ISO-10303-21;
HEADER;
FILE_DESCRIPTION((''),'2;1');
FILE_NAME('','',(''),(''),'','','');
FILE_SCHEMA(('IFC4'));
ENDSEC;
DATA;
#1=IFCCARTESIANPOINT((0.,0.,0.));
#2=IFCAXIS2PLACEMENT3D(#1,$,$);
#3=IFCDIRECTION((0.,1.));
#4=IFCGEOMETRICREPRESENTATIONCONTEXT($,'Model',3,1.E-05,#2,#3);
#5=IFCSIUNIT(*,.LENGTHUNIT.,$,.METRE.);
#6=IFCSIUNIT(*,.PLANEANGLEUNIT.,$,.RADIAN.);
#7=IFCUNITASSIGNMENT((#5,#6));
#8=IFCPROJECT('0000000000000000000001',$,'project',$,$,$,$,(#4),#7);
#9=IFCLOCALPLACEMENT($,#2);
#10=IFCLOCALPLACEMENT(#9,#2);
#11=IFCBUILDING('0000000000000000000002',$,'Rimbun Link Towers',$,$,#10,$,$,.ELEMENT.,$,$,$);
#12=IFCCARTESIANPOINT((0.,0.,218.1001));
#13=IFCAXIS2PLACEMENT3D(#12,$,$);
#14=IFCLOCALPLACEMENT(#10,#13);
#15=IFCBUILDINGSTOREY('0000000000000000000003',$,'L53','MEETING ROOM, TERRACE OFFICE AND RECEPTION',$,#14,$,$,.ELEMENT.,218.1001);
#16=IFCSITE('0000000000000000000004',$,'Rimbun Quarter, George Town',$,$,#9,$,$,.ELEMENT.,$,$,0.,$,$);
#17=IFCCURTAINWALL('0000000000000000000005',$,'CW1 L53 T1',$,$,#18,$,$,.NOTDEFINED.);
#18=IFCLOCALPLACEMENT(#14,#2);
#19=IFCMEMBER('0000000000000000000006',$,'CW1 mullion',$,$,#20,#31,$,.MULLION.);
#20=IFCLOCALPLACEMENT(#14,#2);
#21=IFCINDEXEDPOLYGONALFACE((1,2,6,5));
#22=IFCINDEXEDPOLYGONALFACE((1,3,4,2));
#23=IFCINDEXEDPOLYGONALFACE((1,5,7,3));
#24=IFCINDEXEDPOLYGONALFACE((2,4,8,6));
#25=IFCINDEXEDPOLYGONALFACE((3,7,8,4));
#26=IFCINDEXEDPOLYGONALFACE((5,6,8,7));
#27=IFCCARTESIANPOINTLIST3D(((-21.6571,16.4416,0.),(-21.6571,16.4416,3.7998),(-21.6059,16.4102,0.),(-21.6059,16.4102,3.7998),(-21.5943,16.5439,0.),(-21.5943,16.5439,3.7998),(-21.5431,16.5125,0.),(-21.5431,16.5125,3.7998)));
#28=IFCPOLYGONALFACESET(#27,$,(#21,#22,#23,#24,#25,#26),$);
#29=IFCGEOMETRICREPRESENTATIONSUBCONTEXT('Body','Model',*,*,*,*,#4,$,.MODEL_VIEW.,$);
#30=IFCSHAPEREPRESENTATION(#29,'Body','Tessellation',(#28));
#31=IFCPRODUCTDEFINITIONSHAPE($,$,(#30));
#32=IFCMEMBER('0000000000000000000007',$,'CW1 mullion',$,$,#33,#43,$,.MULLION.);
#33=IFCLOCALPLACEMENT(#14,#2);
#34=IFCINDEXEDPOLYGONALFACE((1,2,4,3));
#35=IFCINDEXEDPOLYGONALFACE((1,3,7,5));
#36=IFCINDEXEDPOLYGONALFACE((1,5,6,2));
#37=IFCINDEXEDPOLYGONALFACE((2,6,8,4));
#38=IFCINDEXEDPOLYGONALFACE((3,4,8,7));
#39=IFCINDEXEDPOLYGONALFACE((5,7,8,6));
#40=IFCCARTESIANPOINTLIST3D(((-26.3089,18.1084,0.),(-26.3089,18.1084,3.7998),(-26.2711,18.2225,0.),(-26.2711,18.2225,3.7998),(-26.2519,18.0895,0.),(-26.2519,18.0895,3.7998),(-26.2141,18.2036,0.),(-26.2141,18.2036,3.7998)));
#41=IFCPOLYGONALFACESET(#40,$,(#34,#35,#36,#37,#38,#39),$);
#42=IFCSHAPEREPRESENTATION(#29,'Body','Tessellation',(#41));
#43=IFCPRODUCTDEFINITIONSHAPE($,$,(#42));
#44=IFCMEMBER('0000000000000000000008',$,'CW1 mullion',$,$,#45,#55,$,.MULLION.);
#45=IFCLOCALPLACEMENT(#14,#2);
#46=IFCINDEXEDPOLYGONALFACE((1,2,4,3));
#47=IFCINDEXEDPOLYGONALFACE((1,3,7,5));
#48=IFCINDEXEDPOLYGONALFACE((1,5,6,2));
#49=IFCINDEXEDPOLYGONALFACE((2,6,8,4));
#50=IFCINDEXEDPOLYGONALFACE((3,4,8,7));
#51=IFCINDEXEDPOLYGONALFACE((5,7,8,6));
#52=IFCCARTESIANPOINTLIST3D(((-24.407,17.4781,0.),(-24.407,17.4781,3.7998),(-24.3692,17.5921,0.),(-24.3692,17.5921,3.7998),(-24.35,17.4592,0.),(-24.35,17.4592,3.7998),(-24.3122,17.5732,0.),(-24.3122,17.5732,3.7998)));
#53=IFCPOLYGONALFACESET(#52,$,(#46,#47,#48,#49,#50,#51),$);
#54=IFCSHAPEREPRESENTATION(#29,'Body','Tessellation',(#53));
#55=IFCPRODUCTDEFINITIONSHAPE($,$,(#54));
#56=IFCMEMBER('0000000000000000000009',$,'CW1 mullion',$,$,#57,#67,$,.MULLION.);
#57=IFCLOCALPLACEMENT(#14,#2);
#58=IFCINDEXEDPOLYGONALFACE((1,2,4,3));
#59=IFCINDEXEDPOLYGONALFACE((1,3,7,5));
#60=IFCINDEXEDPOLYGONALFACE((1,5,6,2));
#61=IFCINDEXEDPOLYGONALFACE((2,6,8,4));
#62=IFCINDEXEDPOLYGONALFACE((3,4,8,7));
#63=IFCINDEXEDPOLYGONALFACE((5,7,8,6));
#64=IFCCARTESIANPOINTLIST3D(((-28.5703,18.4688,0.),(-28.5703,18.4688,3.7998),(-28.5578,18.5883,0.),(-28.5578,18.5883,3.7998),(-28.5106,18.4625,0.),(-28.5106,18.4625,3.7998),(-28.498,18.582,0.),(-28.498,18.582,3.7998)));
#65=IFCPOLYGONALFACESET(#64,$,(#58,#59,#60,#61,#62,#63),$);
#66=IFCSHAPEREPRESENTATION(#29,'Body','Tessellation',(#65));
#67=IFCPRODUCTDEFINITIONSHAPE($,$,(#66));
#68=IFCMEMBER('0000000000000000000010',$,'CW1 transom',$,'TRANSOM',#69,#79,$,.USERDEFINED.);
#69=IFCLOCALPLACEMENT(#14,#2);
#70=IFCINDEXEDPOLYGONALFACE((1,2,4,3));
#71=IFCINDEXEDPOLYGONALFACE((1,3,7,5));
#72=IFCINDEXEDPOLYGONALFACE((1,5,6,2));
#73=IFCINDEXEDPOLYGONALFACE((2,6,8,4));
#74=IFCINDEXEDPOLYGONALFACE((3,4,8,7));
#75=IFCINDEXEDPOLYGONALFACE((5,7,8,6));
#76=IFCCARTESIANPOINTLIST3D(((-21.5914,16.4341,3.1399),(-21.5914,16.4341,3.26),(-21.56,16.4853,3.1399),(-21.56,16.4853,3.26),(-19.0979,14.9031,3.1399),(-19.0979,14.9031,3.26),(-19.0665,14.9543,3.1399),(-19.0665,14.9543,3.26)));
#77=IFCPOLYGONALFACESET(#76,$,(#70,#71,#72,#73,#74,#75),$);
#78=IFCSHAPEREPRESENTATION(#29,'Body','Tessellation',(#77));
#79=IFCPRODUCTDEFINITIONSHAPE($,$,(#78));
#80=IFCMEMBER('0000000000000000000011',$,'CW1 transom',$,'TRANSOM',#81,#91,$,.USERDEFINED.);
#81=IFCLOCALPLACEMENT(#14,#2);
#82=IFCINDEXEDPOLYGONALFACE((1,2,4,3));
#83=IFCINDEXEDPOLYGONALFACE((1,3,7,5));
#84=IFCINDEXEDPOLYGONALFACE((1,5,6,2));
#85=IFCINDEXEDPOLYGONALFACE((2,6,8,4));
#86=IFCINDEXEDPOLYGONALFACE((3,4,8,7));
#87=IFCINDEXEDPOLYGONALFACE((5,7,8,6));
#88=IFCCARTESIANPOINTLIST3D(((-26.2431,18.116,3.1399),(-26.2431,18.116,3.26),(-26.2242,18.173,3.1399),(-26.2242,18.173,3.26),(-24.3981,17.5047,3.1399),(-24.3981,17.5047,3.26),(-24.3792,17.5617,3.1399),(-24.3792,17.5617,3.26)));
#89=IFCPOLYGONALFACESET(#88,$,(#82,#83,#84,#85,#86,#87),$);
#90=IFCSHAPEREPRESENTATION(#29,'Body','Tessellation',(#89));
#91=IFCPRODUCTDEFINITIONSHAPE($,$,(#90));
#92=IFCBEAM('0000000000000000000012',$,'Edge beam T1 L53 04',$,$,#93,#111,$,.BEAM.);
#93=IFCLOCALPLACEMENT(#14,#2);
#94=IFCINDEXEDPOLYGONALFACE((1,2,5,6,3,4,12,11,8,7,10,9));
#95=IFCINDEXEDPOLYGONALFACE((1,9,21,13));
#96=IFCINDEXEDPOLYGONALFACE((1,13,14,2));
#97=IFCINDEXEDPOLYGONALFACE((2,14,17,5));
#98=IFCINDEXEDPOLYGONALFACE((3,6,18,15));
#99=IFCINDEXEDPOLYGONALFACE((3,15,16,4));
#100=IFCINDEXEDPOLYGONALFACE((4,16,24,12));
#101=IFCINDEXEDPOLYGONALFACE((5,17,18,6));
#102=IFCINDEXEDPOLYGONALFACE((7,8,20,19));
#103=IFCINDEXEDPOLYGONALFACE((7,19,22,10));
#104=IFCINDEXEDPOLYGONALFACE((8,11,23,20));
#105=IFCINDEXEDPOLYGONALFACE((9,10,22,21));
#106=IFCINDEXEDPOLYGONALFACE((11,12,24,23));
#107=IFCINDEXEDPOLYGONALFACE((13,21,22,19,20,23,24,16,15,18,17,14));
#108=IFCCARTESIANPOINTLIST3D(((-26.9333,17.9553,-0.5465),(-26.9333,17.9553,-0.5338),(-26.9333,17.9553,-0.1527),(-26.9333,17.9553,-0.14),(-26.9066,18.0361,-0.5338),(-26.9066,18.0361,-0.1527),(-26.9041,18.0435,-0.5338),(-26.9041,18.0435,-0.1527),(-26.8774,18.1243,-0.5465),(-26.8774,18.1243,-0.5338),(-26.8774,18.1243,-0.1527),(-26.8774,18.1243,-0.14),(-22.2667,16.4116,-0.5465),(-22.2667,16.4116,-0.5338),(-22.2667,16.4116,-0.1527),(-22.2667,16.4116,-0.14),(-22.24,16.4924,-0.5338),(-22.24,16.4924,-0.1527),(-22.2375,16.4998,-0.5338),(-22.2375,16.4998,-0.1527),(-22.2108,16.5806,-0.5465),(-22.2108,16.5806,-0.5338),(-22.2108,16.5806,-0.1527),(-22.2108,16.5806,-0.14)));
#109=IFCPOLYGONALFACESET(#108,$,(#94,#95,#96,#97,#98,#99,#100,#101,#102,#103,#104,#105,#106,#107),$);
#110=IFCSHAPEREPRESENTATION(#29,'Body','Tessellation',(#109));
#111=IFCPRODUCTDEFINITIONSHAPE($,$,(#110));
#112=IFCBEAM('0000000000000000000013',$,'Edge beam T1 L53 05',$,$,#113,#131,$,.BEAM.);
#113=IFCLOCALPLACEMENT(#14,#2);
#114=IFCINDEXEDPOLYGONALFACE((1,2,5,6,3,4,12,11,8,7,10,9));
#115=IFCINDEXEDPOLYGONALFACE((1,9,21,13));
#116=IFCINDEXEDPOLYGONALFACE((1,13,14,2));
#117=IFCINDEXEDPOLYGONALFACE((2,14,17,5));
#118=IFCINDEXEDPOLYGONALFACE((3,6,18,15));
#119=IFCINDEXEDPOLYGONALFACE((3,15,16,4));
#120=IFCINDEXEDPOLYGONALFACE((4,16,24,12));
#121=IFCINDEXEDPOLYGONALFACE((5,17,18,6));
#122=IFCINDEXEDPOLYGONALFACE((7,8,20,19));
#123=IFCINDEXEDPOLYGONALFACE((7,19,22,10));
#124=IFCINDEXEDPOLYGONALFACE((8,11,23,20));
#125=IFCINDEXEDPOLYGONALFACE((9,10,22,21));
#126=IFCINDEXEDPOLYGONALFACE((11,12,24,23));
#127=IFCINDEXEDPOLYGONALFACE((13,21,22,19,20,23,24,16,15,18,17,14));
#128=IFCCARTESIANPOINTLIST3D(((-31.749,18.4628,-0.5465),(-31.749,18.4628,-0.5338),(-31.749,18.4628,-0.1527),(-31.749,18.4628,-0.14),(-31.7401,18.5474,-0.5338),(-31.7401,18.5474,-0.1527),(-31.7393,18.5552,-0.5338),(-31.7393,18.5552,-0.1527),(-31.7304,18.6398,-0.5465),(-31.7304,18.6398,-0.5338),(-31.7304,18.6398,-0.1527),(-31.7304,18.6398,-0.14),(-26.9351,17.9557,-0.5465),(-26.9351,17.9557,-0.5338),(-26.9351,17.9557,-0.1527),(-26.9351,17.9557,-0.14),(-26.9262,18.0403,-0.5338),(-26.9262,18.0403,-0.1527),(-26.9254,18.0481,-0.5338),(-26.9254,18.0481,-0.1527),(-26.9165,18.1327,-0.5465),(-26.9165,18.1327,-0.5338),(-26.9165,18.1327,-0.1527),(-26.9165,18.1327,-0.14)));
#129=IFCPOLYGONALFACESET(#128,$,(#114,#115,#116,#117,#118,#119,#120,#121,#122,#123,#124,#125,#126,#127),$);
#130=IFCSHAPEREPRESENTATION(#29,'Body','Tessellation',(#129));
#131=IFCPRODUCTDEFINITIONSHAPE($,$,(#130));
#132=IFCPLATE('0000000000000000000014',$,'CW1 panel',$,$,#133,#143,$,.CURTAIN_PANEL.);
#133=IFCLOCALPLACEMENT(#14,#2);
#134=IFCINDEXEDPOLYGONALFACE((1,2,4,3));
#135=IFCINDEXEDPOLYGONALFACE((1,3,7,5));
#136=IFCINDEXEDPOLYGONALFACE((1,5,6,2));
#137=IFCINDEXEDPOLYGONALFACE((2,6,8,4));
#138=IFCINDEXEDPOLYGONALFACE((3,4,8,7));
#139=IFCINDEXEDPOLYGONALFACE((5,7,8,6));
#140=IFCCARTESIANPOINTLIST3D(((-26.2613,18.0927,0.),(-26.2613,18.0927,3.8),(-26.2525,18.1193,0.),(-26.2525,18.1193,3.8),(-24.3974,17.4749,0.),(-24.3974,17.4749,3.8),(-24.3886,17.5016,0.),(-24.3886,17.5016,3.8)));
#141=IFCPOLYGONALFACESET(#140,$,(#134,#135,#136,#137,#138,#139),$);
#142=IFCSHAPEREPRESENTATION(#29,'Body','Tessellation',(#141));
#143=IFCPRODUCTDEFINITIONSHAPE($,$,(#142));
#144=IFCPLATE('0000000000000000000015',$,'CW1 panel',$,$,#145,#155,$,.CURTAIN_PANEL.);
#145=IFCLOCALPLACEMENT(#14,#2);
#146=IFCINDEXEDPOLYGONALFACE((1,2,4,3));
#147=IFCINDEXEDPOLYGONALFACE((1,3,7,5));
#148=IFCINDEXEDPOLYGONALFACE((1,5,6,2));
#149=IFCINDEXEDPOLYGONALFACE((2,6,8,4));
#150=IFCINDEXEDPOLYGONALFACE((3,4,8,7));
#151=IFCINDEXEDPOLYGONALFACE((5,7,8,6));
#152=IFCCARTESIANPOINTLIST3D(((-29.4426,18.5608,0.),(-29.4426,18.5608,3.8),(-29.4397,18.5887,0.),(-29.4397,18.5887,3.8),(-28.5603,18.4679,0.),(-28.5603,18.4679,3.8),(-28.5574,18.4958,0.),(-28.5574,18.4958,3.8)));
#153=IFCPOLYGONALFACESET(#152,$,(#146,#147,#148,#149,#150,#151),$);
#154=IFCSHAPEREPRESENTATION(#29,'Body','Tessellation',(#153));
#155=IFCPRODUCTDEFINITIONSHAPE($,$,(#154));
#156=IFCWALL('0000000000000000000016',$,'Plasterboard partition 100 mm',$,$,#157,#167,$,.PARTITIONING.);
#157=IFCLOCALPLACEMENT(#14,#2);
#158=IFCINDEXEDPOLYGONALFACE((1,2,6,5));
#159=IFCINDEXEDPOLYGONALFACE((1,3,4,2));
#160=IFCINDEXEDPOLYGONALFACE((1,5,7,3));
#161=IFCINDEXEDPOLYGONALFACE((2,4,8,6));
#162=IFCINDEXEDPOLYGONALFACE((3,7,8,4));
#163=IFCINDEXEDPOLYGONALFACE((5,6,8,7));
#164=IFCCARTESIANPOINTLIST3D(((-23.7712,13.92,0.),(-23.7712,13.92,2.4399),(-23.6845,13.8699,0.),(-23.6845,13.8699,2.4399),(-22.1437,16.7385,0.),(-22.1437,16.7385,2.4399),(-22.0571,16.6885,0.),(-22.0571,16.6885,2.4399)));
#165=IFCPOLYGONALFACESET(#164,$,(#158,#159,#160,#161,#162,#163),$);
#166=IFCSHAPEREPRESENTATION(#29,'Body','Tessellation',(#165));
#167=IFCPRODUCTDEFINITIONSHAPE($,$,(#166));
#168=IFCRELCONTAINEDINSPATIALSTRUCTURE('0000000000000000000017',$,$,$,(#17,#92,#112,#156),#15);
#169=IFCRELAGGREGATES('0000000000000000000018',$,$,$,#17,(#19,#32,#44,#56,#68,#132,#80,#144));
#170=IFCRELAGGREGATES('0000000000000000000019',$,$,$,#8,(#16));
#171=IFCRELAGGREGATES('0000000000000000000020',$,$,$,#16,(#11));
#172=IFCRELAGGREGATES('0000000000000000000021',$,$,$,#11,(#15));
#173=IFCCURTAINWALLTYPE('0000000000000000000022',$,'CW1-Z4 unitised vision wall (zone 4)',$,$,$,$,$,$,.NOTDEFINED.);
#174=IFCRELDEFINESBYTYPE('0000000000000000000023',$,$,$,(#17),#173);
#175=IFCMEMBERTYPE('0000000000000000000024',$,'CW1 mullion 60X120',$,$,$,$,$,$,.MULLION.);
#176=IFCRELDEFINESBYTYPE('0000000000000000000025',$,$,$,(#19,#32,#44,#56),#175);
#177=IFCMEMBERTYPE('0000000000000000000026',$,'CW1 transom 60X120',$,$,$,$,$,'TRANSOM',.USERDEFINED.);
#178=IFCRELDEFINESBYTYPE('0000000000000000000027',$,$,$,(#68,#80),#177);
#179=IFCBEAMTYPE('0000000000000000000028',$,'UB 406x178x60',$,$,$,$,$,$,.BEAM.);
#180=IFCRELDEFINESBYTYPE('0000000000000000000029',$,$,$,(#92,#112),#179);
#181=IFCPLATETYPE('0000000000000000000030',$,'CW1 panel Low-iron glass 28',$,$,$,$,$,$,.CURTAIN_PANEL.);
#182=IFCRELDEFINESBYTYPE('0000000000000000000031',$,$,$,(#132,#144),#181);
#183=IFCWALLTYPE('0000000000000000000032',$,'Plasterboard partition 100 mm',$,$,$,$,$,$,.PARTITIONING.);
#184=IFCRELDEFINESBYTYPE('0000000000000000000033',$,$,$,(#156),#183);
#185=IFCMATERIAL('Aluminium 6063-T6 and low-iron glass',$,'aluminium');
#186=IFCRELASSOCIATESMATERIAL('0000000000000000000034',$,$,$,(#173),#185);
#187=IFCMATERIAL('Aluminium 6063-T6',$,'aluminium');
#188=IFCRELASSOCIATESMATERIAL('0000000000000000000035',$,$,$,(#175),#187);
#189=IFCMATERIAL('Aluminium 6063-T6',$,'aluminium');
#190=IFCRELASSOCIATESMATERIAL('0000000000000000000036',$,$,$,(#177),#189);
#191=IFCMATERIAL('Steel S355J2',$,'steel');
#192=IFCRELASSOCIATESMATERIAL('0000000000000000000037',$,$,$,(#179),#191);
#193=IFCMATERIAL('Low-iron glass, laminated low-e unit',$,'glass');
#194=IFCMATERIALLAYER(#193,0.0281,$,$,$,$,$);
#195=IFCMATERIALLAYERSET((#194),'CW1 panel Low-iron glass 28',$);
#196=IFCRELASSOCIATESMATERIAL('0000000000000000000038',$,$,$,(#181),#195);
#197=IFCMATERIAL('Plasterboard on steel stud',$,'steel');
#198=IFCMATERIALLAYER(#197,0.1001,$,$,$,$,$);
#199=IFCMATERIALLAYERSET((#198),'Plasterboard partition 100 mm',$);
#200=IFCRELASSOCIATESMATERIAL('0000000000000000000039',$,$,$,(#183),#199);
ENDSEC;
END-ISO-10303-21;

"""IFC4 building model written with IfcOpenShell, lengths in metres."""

from ifc_helpers import new_model, si_unit, direction, frame, frame_2d, origin, origin_2d, place, context, subcontext, project, spatial, rectangle, i_section, extrude, material, layer, layer_set, material_profile, profile_set, type_object, element, aggregate, save


model = new_model("IFC4")

# Units and contexts
model_context = context("Model", 3, precision=1e-05, world=origin(), true_north=direction((0.0, 1.0)))
body_context = subcontext(model_context, "Body", "Model", "MODEL_VIEW")
ifc_project = project(units=[si_unit("LENGTHUNIT", "METRE"), si_unit("PLANEANGLEUNIT", "RADIAN")], contexts=[model_context])

# Site, building, storey
site_placement = place(None, origin())
site = spatial("IfcSite", under=ifc_project, at=site_placement, Name="Rimbun Quarter, George Town", CompositionType="ELEMENT", RefElevation=0.0)
building_placement = place(site_placement, origin())
building = spatial("IfcBuilding", under=site, at=building_placement, Name="Rimbun Link Towers", CompositionType="ELEMENT")
storey_placement = place(building_placement, frame((0.0, 0.0, 218.1001)))
storey = spatial("IfcBuildingStorey", under=building, at=storey_placement, Name="L53", Description="MEETING ROOM, TERRACE OFFICE AND RECEPTION", CompositionType="ELEMENT", Elevation=218.1001)

# Curtain wall, members
ifc_material_1 = material(Name="Aluminium 6063-T6 and low-iron glass", Category="aluminium")
curtain_wall_type = type_object("IfcCurtainWallType", Name="CW1-Z4 unitised vision wall (zone 4)", PredefinedType="NOTDEFINED", material=ifc_material_1)
curtain_wall_placement = place(storey_placement, origin())
curtain_wall = element("IfcCurtainWall", 1, at=curtain_wall_placement, inside=storey, type_object=curtain_wall_type, Name="CW1 L53 T1", PredefinedType="NOTDEFINED")
ifc_material_2 = material(Name="Aluminium 6063-T6", Category="aluminium")
ifc_material_profile_1 = material_profile(ifc_material_2, rectangle(XDim=0.1201, YDim=0.0601, at=origin_2d()), Name="MULLION 60X120")
ifc_profile_set_1 = profile_set([ifc_material_profile_1], Name="Aluminium 6063-T6")
member_type_1 = type_object("IfcMemberType", Name="CW1 mullion 60X120", PredefinedType="MULLION", material=ifc_profile_set_1)
member_1_placement = place(storey_placement, frame((-21.6001, 16.4771, 0.0), z_axis=(0.0, 0.0, 1.0), x_axis=(0.523242, 0.852184, 0.0)))
member_1 = element("IfcMember", 2, at=member_1_placement, type_object=member_type_1, Name="CW1 mullion", PredefinedType="MULLION", context=body_context, shape_type="SweptSolid", body=[
    extrude(rectangle(XDim=0.1201, YDim=0.0601, at=origin_2d()), origin(), (0.0, 0.0, 1.0), 3.7998),
])
member_2_placement = place(storey_placement, frame((-26.2615, 18.156, 0.0), z_axis=(0.0, 0.0, 1.0), x_axis=(0.314578, 0.949231, 0.0)))
member_2 = element("IfcMember", 3, at=member_2_placement, type_object=member_type_1, Name="CW1 mullion", PredefinedType="MULLION", context=body_context, shape_type="SweptSolid", body=[
    extrude(rectangle(XDim=0.1201, YDim=0.0601, at=origin_2d()), origin(), (0.0, 0.0, 1.0), 3.7998),
])
member_3_placement = place(storey_placement, frame((-24.3596, 17.5256, 0.0), z_axis=(0.0, 0.0, 1.0), x_axis=(0.314578, 0.949231, 0.0)))
member_3 = element("IfcMember", 4, at=member_3_placement, type_object=member_type_1, Name="CW1 mullion", PredefinedType="MULLION", context=body_context, shape_type="SweptSolid", body=[
    extrude(rectangle(XDim=0.1201, YDim=0.0601, at=origin_2d()), origin(), (0.0, 0.0, 1.0), 3.7998),
])
member_4_placement = place(storey_placement, frame((-28.5342, 18.5254, 0.0), z_axis=(0.0, 0.0, 1.0), x_axis=(0.104723, 0.994501, 0.0)))
member_4 = element("IfcMember", 5, at=member_4_placement, type_object=member_type_1, Name="CW1 mullion", PredefinedType="MULLION", context=body_context, shape_type="SweptSolid", body=[
    extrude(rectangle(XDim=0.1201, YDim=0.0601, at=origin_2d()), origin(), (0.0, 0.0, 1.0), 3.7998),
])
ifc_material_3 = material(Name="Aluminium 6063-T6", Category="aluminium")
ifc_material_profile_2 = material_profile(ifc_material_3, rectangle(XDim=0.0601, YDim=0.1201, at=origin_2d()), Name="TRANSOM 60X120")
ifc_profile_set_2 = profile_set([ifc_material_profile_2], Name="Aluminium 6063-T6")
member_type_2 = type_object("IfcMemberType", Name="CW1 transom 60X120", ElementType="TRANSOM", PredefinedType="USERDEFINED", material=ifc_profile_set_2)
member_5_placement = place(storey_placement, frame((-21.5757, 16.4597, 3.2), z_axis=(0.852176, -0.523255, 0.0), x_axis=(0.523255, 0.852176, 0.0)))
member_5 = element("IfcMember", 6, at=member_5_placement, type_object=member_type_2, Name="CW1 transom", ObjectType="TRANSOM", PredefinedType="USERDEFINED", context=body_context, shape_type="SweptSolid", body=[
    extrude(rectangle(XDim=0.0601, YDim=0.1201, at=origin_2d()), origin(), (0.0, 0.0, 1.0), 2.926),
])
member_6_placement = place(storey_placement, frame((-26.2336, 18.1445, 3.2), z_axis=(0.949247, -0.314532, 0.0), x_axis=(0.314532, 0.949247, 0.0)))
member_6 = element("IfcMember", 7, at=member_6_placement, type_object=member_type_2, Name="CW1 transom", ObjectType="TRANSOM", PredefinedType="USERDEFINED", context=body_context, shape_type="SweptSolid", body=[
    extrude(rectangle(XDim=0.0601, YDim=0.1201, at=origin_2d()), origin(), (0.0, 0.0, 1.0), 1.9436),
])

# Beams
ifc_material_4 = material(Name="Steel S355J2", Category="steel")
ifc_material_profile_3 = material_profile(ifc_material_4, i_section(OverallWidth=0.178, OverallDepth=0.4065, WebThickness=0.0078, FlangeThickness=0.0127, at=origin_2d()), Name="UB 406x178x60")
ifc_profile_set_3 = profile_set([ifc_material_profile_3], Name="Steel S355J2")
beam_type = type_object("IfcBeamType", Name="UB 406x178x60", PredefinedType="BEAM", material=ifc_profile_set_3)
beam_1_placement = place(storey_placement, frame((-22.2388, 16.4961, -0.3433), z_axis=(-0.949401, 0.314066, 0.0), x_axis=(-0.314066, -0.949401, 0.0)))
element("IfcBeam", 8, at=beam_1_placement, inside=storey, type_object=beam_type, Name="Edge beam T1 L53 04", PredefinedType="BEAM", context=body_context, shape_type="SweptSolid", body=[
    extrude(i_section(OverallWidth=0.178, OverallDepth=0.4065, WebThickness=0.0078, FlangeThickness=0.0127, at=origin_2d()), origin(), (0.0, 0.0, 1.0), 4.9153),
])
beam_2_placement = place(storey_placement, frame((-26.9258, 18.0442, -0.3433), z_axis=(-0.994498, 0.104756, 0.0), x_axis=(-0.104756, -0.994498, 0.0)))
element("IfcBeam", 9, at=beam_2_placement, inside=storey, type_object=beam_type, Name="Edge beam T1 L53 05", PredefinedType="BEAM", context=body_context, shape_type="SweptSolid", body=[
    extrude(i_section(OverallWidth=0.178, OverallDepth=0.4065, WebThickness=0.0078, FlangeThickness=0.0127, at=origin_2d()), origin(), (0.0, 0.0, 1.0), 4.8406),
])

# Plates
ifc_material_5 = material(Name="Low-iron glass, laminated low-e unit", Category="glass")
ifc_layer_1 = layer(ifc_material_5, 0.0281)
ifc_layer_set_1 = layer_set([ifc_layer_1], Name="CW1 panel Low-iron glass 28")
plate_type = type_object("IfcPlateType", Name="CW1 panel Low-iron glass 28", PredefinedType="CURTAIN_PANEL", material=ifc_layer_set_1)
plate_1_placement = place(storey_placement, frame((-25.325, 17.7971, 0.0), z_axis=(0.0, 0.0, 1.0), x_axis=(0.949231, -0.314578, 0.0)))
plate_1 = element("IfcPlate", 10, at=plate_1_placement, type_object=plate_type, Name="CW1 panel", PredefinedType="CURTAIN_PANEL", context=body_context, shape_type="SweptSolid", body=[
    extrude(rectangle(XDim=1.9636, YDim=0.0281, at=origin_2d()), origin(), (0.0, 0.0, 1.0), 3.8),
])
plate_2_placement = place(storey_placement, frame((-29.0, 18.5283, 0.0), z_axis=(0.0, 0.0, 1.0), x_axis=(0.994501, -0.104723, 0.0)))
plate_2 = element("IfcPlate", 11, at=plate_2_placement, type_object=plate_type, Name="CW1 panel", PredefinedType="CURTAIN_PANEL", context=body_context, shape_type="SweptSolid", body=[
    extrude(rectangle(XDim=0.8872, YDim=0.0281, at=origin_2d()), origin(), (0.0, 0.0, 1.0), 3.8),
])
aggregate(curtain_wall, [member_1, member_2, member_3, member_4, member_5, plate_1, member_6, plate_2])

# Wall
ifc_material_6 = material(Name="Plasterboard on steel stud", Category="steel")
ifc_layer_2 = layer(ifc_material_6, 0.1001)
ifc_layer_set_2 = layer_set([ifc_layer_2], Name="Plasterboard partition 100 mm")
wall_type = type_object("IfcWallType", Name="Plasterboard partition 100 mm", PredefinedType="PARTITIONING", material=ifc_layer_set_2)
wall_placement = place(storey_placement, frame((-22.1003, 16.7136, 0.0), z_axis=(0.0, 0.0, 1.0), x_axis=(-0.500028, -0.866009, 0.0)))
element("IfcWall", 12, at=wall_placement, inside=storey, type_object=wall_type, Name="Plasterboard partition 100 mm", PredefinedType="PARTITIONING", context=body_context, shape_type="SweptSolid", body=[
    extrude(rectangle(XDim=3.2546, YDim=0.1001, at=frame_2d((1.6274, 0.0))), origin(), (0.0, 0.0, 1.0), 2.4399),
])

save(model, "model.ifc")
